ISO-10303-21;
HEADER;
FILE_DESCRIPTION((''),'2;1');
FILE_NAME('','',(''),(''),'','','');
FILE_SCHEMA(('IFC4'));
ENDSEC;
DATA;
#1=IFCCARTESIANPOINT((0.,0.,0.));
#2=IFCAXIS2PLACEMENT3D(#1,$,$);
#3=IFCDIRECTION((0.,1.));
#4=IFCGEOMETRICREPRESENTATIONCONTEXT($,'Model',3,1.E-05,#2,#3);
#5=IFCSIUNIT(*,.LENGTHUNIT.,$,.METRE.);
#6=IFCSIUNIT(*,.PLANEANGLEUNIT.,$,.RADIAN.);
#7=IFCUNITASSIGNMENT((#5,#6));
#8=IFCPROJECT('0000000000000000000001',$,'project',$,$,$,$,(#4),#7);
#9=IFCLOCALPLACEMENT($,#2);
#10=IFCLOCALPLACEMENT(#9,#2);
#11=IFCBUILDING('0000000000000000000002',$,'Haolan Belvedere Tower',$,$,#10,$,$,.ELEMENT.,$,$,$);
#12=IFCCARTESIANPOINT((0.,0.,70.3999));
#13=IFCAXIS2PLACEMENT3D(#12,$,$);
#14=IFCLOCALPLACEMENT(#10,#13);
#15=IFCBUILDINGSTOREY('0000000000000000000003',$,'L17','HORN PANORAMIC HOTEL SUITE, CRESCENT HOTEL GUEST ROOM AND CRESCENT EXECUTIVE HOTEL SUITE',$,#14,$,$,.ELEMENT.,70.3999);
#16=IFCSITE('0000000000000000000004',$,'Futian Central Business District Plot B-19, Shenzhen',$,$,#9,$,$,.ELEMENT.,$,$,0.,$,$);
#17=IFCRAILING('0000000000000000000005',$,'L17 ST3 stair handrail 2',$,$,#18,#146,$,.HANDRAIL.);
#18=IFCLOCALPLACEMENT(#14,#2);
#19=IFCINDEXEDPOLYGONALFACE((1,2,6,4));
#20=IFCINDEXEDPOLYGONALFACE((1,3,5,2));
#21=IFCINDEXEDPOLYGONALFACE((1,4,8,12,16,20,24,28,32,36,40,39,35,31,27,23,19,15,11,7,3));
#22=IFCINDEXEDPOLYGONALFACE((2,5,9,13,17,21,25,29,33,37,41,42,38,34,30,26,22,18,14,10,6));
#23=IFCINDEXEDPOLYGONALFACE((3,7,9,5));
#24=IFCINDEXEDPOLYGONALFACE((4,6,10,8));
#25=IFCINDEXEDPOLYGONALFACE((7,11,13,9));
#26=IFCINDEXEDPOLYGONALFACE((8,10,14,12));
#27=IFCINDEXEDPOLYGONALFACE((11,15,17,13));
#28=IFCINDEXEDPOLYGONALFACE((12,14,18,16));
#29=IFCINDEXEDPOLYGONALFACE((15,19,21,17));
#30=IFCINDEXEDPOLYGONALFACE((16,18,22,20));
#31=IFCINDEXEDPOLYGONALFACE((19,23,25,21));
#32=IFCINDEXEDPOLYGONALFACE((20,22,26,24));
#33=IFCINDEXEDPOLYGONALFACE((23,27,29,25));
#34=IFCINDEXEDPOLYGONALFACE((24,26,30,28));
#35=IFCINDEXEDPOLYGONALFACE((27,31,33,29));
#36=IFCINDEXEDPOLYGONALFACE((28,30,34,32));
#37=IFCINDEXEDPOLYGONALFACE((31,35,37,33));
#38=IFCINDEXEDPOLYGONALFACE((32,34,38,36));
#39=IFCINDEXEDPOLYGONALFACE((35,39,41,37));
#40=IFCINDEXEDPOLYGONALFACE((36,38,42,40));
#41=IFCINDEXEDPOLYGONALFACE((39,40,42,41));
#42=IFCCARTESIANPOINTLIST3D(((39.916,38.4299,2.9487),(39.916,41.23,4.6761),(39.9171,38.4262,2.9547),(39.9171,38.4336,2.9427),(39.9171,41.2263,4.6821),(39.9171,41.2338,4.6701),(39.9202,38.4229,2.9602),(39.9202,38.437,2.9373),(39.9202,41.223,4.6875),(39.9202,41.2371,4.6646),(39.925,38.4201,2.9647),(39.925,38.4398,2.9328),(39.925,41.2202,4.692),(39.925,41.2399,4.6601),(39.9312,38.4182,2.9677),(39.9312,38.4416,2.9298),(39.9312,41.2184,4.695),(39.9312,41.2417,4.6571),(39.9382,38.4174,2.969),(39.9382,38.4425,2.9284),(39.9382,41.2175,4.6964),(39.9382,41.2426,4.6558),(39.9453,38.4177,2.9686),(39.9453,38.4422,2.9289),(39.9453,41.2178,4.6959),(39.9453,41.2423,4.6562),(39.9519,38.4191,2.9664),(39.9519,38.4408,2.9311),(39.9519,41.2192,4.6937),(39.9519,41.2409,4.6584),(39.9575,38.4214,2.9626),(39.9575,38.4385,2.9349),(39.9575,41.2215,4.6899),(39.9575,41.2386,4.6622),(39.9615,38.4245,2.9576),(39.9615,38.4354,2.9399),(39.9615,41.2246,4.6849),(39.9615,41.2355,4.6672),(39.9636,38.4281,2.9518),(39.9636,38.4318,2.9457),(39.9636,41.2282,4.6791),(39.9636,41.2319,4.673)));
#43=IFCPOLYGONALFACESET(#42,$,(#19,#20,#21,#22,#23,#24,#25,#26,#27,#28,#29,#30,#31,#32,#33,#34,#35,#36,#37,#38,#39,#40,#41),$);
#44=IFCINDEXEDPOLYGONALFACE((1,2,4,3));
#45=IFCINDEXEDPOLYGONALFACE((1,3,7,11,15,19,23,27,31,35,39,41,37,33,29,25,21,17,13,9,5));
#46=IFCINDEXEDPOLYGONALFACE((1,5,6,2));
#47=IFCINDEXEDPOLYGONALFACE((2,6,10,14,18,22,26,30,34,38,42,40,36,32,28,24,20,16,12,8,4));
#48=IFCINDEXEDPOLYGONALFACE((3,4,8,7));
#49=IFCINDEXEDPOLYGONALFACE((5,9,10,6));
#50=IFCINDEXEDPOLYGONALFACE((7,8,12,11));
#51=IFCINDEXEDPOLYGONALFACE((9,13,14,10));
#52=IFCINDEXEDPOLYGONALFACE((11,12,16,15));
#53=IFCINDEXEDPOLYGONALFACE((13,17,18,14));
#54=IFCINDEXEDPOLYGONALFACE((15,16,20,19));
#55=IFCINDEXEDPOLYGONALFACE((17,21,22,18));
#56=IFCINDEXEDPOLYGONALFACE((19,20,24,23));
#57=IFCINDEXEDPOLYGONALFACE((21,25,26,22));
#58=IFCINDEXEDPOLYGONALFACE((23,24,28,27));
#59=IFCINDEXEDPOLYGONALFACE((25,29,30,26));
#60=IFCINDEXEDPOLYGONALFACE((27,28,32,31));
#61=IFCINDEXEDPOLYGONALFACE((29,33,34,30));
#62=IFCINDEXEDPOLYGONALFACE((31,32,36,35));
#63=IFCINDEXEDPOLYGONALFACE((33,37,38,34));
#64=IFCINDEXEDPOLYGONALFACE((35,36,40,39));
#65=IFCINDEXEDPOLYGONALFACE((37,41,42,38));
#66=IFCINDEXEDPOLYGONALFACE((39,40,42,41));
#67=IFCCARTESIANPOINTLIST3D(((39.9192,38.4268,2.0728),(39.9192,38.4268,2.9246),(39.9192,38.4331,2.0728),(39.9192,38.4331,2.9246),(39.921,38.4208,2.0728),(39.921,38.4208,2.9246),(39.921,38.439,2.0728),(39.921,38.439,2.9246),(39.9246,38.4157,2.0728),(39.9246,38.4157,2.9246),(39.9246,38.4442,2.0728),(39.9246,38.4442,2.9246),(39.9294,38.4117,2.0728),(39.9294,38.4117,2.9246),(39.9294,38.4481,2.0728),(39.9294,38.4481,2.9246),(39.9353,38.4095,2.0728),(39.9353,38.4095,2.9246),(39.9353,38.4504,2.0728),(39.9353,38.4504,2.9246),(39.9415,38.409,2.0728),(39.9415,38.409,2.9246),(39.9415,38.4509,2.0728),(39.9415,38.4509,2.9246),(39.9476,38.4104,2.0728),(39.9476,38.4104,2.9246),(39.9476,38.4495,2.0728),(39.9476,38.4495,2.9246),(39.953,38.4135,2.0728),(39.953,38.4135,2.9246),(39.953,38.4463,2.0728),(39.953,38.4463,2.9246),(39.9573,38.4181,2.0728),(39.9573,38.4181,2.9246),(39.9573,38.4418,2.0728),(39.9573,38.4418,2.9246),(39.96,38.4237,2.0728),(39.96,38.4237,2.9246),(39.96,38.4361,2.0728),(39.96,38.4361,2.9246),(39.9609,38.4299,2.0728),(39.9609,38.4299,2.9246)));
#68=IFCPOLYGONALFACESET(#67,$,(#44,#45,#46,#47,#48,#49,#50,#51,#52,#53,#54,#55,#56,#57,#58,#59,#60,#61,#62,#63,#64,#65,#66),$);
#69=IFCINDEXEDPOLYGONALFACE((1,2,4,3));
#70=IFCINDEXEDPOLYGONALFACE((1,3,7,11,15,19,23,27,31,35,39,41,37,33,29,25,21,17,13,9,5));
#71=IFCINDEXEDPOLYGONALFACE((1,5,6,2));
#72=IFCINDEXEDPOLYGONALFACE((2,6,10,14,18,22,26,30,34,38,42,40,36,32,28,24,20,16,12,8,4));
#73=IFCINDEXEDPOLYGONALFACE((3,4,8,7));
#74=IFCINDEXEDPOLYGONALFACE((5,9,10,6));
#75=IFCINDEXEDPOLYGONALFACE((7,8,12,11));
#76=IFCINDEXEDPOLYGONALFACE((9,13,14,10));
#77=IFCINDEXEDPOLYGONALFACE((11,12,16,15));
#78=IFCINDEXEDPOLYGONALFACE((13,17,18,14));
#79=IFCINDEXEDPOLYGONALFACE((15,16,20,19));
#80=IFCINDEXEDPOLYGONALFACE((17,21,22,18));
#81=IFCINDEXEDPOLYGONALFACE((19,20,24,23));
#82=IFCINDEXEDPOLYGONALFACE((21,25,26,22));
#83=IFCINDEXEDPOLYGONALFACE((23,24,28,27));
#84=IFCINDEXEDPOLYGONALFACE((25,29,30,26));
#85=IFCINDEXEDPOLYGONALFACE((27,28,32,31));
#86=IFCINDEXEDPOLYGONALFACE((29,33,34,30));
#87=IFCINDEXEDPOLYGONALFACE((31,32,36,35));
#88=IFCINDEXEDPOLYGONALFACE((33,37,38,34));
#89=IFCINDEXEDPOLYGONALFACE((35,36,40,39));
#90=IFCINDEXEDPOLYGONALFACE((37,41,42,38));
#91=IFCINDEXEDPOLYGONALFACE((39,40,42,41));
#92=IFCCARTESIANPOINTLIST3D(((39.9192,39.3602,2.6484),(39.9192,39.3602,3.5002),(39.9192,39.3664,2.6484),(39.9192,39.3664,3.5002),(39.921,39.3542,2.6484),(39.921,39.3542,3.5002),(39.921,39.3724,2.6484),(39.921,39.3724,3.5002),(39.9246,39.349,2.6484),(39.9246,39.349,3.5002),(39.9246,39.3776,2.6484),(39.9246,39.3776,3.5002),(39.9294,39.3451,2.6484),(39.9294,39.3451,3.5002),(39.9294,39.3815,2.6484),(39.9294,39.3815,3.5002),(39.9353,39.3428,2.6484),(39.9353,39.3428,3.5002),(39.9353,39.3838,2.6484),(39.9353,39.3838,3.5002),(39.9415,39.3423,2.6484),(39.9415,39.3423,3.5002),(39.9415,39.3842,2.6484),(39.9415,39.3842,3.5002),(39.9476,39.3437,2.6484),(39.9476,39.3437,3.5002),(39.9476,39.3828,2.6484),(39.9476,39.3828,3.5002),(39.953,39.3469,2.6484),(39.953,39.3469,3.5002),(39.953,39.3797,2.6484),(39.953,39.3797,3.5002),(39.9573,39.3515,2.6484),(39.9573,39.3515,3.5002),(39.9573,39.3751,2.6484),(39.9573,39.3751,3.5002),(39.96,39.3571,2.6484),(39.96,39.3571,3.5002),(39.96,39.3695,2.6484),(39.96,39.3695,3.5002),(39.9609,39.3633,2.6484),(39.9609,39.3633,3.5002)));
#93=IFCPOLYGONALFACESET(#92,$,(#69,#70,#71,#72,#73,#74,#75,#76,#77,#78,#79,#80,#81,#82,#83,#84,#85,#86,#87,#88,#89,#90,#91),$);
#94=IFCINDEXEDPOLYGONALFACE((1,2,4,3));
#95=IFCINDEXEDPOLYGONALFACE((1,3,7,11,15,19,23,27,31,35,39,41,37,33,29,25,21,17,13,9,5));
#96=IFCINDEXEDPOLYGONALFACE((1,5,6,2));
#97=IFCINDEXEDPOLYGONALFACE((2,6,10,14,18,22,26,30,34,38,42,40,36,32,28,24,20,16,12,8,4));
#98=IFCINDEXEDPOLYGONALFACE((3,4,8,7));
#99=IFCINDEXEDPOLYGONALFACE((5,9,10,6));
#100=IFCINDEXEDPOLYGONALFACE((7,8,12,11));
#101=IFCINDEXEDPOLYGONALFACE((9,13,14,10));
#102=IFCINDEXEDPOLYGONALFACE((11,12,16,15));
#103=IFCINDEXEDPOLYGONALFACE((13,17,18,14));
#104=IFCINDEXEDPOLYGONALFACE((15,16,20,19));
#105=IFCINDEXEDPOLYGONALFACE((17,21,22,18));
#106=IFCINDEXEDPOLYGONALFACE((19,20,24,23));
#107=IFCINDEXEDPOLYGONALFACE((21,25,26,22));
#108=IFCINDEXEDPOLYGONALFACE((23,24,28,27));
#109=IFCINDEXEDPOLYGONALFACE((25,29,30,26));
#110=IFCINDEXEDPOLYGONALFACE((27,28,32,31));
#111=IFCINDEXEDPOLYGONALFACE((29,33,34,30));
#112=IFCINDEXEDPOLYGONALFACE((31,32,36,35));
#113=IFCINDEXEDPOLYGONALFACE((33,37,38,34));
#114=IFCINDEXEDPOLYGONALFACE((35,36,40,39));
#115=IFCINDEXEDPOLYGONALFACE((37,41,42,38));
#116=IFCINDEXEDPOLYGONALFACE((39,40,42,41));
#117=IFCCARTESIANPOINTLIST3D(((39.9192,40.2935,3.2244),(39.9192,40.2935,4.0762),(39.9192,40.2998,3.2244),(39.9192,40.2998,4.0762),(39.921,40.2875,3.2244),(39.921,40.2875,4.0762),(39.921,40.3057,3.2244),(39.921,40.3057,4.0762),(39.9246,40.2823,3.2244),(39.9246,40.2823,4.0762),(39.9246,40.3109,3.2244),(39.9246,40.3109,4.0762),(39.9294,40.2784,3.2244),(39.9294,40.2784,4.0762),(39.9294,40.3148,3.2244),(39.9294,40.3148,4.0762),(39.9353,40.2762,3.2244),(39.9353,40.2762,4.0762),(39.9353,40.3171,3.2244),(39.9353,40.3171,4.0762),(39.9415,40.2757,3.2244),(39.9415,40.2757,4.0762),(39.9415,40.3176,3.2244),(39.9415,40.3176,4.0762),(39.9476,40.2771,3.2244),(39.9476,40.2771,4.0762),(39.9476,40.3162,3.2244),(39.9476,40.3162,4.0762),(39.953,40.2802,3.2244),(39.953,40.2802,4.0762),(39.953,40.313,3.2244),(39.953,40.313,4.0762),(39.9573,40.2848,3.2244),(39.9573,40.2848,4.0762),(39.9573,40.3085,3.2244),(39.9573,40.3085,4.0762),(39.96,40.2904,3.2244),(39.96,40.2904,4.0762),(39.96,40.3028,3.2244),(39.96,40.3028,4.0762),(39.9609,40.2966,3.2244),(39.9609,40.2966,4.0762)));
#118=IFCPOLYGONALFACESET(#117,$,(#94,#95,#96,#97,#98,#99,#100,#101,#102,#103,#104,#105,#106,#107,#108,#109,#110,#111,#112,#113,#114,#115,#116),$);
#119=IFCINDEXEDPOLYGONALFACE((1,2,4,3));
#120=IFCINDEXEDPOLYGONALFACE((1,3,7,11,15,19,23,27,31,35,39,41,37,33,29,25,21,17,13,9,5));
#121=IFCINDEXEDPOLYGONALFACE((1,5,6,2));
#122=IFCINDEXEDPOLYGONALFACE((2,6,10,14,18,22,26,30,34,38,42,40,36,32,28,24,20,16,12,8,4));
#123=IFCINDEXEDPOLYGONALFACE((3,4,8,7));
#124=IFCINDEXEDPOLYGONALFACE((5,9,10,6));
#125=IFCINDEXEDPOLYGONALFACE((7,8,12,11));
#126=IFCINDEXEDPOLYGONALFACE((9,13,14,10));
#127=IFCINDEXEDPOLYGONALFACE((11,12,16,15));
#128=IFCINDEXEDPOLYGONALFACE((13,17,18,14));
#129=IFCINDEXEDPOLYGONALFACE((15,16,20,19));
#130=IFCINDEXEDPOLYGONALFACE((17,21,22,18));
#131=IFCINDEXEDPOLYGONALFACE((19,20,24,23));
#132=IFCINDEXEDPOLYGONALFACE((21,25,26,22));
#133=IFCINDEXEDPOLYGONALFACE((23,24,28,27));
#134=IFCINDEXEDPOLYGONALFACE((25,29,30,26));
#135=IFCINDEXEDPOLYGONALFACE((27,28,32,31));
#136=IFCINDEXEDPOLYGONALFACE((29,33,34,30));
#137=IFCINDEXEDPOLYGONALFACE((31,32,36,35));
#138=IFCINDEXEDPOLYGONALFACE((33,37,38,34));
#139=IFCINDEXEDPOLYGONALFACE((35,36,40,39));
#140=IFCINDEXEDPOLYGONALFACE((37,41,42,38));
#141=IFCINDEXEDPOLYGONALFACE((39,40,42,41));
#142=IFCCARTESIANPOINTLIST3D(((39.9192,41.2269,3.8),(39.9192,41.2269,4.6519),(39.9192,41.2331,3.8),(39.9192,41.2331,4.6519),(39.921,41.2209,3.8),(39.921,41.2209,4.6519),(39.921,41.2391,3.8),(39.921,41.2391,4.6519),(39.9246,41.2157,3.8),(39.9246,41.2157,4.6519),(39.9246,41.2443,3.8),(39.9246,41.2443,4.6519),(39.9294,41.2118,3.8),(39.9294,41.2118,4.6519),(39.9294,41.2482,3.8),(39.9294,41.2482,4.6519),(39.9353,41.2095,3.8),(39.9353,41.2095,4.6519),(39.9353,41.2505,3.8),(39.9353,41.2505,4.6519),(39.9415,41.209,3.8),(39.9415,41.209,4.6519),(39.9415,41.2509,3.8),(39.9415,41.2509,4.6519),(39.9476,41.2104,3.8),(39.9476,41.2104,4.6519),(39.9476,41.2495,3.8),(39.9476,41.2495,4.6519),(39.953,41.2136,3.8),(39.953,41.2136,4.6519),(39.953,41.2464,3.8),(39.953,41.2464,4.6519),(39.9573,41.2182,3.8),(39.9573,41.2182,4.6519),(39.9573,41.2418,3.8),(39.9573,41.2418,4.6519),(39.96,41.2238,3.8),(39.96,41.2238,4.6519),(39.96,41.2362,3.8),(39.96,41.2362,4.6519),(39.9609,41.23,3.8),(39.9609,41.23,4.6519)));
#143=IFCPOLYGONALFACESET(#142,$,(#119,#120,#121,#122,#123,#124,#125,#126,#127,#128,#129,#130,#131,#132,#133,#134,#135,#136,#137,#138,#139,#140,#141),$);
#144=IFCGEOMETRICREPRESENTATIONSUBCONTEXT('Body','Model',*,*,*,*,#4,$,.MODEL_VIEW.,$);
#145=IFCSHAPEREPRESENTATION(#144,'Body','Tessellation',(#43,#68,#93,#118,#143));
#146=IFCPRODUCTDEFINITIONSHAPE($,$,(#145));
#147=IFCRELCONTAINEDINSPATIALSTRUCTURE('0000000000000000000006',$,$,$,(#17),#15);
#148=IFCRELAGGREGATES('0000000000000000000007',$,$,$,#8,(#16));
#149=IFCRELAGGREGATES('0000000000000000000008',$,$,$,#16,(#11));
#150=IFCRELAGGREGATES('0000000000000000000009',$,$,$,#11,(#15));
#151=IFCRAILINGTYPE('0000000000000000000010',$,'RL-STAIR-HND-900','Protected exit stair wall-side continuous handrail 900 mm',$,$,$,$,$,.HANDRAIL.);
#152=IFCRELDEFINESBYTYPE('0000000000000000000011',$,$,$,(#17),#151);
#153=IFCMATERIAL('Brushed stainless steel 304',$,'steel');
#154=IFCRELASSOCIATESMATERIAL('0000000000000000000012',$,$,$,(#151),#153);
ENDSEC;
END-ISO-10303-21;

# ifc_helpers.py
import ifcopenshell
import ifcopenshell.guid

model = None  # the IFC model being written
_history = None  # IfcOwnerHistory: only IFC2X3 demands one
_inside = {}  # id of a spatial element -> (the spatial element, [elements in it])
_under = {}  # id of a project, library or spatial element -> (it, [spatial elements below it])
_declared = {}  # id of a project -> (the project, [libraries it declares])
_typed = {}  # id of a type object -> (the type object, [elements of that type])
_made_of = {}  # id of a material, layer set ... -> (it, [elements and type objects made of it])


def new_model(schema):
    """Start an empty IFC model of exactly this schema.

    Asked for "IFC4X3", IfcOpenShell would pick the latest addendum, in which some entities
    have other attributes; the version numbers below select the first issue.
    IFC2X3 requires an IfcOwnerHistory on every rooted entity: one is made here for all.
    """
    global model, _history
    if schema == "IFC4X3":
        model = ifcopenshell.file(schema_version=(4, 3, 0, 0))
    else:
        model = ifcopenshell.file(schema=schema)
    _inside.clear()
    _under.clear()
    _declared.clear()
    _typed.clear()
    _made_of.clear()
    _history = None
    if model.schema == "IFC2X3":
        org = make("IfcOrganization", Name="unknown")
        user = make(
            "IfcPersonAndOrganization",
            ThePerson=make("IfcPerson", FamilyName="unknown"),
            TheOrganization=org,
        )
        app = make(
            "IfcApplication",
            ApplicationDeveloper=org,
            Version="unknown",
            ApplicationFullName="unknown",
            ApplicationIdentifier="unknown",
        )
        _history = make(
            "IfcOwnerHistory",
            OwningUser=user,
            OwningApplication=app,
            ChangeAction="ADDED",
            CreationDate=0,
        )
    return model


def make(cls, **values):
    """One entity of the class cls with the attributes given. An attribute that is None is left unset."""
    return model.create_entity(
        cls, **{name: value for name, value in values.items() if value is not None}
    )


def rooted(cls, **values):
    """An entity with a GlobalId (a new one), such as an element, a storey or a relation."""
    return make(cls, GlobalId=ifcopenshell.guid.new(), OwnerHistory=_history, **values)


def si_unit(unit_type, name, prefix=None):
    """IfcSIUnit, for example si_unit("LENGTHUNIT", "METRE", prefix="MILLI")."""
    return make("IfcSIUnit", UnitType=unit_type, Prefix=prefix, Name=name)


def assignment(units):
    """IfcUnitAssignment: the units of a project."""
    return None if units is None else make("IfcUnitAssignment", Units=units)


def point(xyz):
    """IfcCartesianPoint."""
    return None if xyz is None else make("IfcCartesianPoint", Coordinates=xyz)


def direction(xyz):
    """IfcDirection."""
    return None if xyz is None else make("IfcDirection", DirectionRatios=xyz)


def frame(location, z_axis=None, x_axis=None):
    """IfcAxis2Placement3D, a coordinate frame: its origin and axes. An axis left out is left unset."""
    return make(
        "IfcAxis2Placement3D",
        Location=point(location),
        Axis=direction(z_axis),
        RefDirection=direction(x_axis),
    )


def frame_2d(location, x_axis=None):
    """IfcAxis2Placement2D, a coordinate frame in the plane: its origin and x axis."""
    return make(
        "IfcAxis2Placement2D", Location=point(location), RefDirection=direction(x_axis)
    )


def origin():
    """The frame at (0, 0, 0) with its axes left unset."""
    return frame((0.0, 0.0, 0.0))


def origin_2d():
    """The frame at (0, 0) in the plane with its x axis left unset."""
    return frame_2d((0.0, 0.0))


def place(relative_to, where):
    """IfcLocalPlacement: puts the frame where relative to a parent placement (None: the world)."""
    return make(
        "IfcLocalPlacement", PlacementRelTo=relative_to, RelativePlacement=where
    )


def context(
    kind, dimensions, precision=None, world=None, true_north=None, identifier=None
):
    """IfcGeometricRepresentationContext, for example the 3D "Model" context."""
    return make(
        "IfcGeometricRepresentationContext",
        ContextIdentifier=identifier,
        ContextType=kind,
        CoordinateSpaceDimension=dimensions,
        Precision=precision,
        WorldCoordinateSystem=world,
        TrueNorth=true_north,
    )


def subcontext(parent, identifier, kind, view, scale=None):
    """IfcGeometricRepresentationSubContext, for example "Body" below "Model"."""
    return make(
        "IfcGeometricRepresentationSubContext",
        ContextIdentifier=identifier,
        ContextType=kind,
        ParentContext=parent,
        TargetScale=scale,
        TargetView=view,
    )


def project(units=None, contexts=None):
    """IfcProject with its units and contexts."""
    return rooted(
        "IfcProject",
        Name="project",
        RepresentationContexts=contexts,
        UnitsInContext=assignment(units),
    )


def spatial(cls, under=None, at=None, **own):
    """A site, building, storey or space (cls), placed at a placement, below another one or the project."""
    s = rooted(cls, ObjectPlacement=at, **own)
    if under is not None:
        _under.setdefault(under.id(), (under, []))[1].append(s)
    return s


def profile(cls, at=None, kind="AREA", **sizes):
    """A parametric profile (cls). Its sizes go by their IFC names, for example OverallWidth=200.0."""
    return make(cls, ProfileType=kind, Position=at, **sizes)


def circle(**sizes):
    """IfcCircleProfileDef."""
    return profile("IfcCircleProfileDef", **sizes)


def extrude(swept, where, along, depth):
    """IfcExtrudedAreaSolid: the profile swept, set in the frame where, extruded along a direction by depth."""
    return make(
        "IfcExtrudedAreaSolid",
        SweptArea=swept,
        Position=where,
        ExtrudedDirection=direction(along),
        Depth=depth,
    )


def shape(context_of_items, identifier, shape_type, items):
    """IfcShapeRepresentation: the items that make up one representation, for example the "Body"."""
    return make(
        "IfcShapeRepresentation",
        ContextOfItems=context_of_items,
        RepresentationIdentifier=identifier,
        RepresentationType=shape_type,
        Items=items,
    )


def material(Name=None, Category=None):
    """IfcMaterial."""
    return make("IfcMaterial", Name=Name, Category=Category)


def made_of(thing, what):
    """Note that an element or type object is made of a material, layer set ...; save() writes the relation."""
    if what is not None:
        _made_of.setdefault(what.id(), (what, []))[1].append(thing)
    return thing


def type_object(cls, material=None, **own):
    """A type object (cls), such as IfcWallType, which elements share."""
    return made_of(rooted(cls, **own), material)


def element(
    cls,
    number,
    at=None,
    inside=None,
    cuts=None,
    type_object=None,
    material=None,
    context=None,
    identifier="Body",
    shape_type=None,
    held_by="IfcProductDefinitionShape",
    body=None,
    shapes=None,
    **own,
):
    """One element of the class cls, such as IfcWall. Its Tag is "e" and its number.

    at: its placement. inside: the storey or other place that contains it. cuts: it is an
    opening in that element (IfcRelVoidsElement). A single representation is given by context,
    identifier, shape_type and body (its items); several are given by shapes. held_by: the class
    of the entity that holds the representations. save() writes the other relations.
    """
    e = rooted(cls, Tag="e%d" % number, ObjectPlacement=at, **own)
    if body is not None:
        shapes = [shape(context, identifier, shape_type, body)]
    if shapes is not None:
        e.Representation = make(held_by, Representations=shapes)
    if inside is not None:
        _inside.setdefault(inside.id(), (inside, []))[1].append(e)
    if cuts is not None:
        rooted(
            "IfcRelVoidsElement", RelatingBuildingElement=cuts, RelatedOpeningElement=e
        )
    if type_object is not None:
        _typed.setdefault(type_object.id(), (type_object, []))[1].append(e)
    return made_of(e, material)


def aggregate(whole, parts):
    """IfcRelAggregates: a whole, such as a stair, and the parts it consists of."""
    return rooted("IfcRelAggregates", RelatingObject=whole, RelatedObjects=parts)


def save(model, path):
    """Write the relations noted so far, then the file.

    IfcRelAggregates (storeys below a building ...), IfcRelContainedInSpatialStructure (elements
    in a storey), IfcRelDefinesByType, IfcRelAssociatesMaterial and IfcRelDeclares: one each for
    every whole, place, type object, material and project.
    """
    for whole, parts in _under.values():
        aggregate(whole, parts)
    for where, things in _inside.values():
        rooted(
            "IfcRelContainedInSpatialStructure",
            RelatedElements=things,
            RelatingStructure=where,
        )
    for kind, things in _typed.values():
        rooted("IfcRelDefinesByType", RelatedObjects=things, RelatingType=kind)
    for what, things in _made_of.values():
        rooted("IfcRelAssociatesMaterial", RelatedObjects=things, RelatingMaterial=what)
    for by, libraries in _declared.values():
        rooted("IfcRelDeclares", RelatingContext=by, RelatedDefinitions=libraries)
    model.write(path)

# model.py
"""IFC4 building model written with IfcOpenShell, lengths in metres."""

from ifc_helpers import new_model, si_unit, direction, frame, origin, origin_2d, place, context, subcontext, project, spatial, circle, extrude, material, type_object, element, save


model = new_model("IFC4")

# Units and contexts
model_context = context("Model", 3, precision=1e-05, world=origin(), true_north=direction((0.0, 1.0)))
body_context = subcontext(model_context, "Body", "Model", "MODEL_VIEW")
ifc_project = project(units=[si_unit("LENGTHUNIT", "METRE"), si_unit("PLANEANGLEUNIT", "RADIAN")], contexts=[model_context])

# Site, building, storey
site_placement = place(None, origin())
site = spatial("IfcSite", under=ifc_project, at=site_placement, Name="Futian Central Business District Plot B-19, Shenzhen", CompositionType="ELEMENT", RefElevation=0.0)
building_placement = place(site_placement, origin())
building = spatial("IfcBuilding", under=site, at=building_placement, Name="Haolan Belvedere Tower", CompositionType="ELEMENT")
storey_placement = place(building_placement, frame((0.0, 0.0, 70.3999)))
storey = spatial("IfcBuildingStorey", under=building, at=storey_placement, Name="L17", Description="HORN PANORAMIC HOTEL SUITE, CRESCENT HOTEL GUEST ROOM AND CRESCENT EXECUTIVE HOTEL SUITE", CompositionType="ELEMENT", Elevation=70.3999)

# Railing
ifc_material_1 = material(Name="Brushed stainless steel 304", Category="steel")
railing_type_1 = type_object("IfcRailingType", Name="RL-STAIR-HND-900", Description="Protected exit stair wall-side continuous handrail 900 mm", PredefinedType="HANDRAIL", material=ifc_material_1)
railing_1_placement = place(storey_placement, frame((39.9399, 38.4299, 2.0728)))
element("IfcRailing", 1, at=railing_1_placement, inside=storey, type_object=railing_type_1, Name="L17 ST3 stair handrail 2", PredefinedType="HANDRAIL", context=body_context, shape_type="SweptSolid", body=[
    extrude(circle(Radius=0.0239, at=origin_2d()), frame((0.0, 0.0, 0.876), z_axis=(0.0, 0.85109, 0.52502), x_axis=(-1.0, 0.0, 0.0)), (0.0, 0.0, 1.0), 3.29),
    extrude(circle(Radius=0.021, at=origin_2d()), origin(), (0.0, 0.0, 1.0), 0.8518),
    extrude(circle(Radius=0.021, at=origin_2d()), frame((0.0, 0.9333, 0.5757)), (0.0, 0.0, 1.0), 0.8518),
    extrude(circle(Radius=0.021, at=origin_2d()), frame((0.0, 1.8667, 1.1516)), (0.0, 0.0, 1.0), 0.8518),
    extrude(circle(Radius=0.021, at=origin_2d()), frame((0.0, 2.8, 1.7273)), (0.0, 0.0, 1.0), 0.8518),
])

save(model, "model.ifc")
